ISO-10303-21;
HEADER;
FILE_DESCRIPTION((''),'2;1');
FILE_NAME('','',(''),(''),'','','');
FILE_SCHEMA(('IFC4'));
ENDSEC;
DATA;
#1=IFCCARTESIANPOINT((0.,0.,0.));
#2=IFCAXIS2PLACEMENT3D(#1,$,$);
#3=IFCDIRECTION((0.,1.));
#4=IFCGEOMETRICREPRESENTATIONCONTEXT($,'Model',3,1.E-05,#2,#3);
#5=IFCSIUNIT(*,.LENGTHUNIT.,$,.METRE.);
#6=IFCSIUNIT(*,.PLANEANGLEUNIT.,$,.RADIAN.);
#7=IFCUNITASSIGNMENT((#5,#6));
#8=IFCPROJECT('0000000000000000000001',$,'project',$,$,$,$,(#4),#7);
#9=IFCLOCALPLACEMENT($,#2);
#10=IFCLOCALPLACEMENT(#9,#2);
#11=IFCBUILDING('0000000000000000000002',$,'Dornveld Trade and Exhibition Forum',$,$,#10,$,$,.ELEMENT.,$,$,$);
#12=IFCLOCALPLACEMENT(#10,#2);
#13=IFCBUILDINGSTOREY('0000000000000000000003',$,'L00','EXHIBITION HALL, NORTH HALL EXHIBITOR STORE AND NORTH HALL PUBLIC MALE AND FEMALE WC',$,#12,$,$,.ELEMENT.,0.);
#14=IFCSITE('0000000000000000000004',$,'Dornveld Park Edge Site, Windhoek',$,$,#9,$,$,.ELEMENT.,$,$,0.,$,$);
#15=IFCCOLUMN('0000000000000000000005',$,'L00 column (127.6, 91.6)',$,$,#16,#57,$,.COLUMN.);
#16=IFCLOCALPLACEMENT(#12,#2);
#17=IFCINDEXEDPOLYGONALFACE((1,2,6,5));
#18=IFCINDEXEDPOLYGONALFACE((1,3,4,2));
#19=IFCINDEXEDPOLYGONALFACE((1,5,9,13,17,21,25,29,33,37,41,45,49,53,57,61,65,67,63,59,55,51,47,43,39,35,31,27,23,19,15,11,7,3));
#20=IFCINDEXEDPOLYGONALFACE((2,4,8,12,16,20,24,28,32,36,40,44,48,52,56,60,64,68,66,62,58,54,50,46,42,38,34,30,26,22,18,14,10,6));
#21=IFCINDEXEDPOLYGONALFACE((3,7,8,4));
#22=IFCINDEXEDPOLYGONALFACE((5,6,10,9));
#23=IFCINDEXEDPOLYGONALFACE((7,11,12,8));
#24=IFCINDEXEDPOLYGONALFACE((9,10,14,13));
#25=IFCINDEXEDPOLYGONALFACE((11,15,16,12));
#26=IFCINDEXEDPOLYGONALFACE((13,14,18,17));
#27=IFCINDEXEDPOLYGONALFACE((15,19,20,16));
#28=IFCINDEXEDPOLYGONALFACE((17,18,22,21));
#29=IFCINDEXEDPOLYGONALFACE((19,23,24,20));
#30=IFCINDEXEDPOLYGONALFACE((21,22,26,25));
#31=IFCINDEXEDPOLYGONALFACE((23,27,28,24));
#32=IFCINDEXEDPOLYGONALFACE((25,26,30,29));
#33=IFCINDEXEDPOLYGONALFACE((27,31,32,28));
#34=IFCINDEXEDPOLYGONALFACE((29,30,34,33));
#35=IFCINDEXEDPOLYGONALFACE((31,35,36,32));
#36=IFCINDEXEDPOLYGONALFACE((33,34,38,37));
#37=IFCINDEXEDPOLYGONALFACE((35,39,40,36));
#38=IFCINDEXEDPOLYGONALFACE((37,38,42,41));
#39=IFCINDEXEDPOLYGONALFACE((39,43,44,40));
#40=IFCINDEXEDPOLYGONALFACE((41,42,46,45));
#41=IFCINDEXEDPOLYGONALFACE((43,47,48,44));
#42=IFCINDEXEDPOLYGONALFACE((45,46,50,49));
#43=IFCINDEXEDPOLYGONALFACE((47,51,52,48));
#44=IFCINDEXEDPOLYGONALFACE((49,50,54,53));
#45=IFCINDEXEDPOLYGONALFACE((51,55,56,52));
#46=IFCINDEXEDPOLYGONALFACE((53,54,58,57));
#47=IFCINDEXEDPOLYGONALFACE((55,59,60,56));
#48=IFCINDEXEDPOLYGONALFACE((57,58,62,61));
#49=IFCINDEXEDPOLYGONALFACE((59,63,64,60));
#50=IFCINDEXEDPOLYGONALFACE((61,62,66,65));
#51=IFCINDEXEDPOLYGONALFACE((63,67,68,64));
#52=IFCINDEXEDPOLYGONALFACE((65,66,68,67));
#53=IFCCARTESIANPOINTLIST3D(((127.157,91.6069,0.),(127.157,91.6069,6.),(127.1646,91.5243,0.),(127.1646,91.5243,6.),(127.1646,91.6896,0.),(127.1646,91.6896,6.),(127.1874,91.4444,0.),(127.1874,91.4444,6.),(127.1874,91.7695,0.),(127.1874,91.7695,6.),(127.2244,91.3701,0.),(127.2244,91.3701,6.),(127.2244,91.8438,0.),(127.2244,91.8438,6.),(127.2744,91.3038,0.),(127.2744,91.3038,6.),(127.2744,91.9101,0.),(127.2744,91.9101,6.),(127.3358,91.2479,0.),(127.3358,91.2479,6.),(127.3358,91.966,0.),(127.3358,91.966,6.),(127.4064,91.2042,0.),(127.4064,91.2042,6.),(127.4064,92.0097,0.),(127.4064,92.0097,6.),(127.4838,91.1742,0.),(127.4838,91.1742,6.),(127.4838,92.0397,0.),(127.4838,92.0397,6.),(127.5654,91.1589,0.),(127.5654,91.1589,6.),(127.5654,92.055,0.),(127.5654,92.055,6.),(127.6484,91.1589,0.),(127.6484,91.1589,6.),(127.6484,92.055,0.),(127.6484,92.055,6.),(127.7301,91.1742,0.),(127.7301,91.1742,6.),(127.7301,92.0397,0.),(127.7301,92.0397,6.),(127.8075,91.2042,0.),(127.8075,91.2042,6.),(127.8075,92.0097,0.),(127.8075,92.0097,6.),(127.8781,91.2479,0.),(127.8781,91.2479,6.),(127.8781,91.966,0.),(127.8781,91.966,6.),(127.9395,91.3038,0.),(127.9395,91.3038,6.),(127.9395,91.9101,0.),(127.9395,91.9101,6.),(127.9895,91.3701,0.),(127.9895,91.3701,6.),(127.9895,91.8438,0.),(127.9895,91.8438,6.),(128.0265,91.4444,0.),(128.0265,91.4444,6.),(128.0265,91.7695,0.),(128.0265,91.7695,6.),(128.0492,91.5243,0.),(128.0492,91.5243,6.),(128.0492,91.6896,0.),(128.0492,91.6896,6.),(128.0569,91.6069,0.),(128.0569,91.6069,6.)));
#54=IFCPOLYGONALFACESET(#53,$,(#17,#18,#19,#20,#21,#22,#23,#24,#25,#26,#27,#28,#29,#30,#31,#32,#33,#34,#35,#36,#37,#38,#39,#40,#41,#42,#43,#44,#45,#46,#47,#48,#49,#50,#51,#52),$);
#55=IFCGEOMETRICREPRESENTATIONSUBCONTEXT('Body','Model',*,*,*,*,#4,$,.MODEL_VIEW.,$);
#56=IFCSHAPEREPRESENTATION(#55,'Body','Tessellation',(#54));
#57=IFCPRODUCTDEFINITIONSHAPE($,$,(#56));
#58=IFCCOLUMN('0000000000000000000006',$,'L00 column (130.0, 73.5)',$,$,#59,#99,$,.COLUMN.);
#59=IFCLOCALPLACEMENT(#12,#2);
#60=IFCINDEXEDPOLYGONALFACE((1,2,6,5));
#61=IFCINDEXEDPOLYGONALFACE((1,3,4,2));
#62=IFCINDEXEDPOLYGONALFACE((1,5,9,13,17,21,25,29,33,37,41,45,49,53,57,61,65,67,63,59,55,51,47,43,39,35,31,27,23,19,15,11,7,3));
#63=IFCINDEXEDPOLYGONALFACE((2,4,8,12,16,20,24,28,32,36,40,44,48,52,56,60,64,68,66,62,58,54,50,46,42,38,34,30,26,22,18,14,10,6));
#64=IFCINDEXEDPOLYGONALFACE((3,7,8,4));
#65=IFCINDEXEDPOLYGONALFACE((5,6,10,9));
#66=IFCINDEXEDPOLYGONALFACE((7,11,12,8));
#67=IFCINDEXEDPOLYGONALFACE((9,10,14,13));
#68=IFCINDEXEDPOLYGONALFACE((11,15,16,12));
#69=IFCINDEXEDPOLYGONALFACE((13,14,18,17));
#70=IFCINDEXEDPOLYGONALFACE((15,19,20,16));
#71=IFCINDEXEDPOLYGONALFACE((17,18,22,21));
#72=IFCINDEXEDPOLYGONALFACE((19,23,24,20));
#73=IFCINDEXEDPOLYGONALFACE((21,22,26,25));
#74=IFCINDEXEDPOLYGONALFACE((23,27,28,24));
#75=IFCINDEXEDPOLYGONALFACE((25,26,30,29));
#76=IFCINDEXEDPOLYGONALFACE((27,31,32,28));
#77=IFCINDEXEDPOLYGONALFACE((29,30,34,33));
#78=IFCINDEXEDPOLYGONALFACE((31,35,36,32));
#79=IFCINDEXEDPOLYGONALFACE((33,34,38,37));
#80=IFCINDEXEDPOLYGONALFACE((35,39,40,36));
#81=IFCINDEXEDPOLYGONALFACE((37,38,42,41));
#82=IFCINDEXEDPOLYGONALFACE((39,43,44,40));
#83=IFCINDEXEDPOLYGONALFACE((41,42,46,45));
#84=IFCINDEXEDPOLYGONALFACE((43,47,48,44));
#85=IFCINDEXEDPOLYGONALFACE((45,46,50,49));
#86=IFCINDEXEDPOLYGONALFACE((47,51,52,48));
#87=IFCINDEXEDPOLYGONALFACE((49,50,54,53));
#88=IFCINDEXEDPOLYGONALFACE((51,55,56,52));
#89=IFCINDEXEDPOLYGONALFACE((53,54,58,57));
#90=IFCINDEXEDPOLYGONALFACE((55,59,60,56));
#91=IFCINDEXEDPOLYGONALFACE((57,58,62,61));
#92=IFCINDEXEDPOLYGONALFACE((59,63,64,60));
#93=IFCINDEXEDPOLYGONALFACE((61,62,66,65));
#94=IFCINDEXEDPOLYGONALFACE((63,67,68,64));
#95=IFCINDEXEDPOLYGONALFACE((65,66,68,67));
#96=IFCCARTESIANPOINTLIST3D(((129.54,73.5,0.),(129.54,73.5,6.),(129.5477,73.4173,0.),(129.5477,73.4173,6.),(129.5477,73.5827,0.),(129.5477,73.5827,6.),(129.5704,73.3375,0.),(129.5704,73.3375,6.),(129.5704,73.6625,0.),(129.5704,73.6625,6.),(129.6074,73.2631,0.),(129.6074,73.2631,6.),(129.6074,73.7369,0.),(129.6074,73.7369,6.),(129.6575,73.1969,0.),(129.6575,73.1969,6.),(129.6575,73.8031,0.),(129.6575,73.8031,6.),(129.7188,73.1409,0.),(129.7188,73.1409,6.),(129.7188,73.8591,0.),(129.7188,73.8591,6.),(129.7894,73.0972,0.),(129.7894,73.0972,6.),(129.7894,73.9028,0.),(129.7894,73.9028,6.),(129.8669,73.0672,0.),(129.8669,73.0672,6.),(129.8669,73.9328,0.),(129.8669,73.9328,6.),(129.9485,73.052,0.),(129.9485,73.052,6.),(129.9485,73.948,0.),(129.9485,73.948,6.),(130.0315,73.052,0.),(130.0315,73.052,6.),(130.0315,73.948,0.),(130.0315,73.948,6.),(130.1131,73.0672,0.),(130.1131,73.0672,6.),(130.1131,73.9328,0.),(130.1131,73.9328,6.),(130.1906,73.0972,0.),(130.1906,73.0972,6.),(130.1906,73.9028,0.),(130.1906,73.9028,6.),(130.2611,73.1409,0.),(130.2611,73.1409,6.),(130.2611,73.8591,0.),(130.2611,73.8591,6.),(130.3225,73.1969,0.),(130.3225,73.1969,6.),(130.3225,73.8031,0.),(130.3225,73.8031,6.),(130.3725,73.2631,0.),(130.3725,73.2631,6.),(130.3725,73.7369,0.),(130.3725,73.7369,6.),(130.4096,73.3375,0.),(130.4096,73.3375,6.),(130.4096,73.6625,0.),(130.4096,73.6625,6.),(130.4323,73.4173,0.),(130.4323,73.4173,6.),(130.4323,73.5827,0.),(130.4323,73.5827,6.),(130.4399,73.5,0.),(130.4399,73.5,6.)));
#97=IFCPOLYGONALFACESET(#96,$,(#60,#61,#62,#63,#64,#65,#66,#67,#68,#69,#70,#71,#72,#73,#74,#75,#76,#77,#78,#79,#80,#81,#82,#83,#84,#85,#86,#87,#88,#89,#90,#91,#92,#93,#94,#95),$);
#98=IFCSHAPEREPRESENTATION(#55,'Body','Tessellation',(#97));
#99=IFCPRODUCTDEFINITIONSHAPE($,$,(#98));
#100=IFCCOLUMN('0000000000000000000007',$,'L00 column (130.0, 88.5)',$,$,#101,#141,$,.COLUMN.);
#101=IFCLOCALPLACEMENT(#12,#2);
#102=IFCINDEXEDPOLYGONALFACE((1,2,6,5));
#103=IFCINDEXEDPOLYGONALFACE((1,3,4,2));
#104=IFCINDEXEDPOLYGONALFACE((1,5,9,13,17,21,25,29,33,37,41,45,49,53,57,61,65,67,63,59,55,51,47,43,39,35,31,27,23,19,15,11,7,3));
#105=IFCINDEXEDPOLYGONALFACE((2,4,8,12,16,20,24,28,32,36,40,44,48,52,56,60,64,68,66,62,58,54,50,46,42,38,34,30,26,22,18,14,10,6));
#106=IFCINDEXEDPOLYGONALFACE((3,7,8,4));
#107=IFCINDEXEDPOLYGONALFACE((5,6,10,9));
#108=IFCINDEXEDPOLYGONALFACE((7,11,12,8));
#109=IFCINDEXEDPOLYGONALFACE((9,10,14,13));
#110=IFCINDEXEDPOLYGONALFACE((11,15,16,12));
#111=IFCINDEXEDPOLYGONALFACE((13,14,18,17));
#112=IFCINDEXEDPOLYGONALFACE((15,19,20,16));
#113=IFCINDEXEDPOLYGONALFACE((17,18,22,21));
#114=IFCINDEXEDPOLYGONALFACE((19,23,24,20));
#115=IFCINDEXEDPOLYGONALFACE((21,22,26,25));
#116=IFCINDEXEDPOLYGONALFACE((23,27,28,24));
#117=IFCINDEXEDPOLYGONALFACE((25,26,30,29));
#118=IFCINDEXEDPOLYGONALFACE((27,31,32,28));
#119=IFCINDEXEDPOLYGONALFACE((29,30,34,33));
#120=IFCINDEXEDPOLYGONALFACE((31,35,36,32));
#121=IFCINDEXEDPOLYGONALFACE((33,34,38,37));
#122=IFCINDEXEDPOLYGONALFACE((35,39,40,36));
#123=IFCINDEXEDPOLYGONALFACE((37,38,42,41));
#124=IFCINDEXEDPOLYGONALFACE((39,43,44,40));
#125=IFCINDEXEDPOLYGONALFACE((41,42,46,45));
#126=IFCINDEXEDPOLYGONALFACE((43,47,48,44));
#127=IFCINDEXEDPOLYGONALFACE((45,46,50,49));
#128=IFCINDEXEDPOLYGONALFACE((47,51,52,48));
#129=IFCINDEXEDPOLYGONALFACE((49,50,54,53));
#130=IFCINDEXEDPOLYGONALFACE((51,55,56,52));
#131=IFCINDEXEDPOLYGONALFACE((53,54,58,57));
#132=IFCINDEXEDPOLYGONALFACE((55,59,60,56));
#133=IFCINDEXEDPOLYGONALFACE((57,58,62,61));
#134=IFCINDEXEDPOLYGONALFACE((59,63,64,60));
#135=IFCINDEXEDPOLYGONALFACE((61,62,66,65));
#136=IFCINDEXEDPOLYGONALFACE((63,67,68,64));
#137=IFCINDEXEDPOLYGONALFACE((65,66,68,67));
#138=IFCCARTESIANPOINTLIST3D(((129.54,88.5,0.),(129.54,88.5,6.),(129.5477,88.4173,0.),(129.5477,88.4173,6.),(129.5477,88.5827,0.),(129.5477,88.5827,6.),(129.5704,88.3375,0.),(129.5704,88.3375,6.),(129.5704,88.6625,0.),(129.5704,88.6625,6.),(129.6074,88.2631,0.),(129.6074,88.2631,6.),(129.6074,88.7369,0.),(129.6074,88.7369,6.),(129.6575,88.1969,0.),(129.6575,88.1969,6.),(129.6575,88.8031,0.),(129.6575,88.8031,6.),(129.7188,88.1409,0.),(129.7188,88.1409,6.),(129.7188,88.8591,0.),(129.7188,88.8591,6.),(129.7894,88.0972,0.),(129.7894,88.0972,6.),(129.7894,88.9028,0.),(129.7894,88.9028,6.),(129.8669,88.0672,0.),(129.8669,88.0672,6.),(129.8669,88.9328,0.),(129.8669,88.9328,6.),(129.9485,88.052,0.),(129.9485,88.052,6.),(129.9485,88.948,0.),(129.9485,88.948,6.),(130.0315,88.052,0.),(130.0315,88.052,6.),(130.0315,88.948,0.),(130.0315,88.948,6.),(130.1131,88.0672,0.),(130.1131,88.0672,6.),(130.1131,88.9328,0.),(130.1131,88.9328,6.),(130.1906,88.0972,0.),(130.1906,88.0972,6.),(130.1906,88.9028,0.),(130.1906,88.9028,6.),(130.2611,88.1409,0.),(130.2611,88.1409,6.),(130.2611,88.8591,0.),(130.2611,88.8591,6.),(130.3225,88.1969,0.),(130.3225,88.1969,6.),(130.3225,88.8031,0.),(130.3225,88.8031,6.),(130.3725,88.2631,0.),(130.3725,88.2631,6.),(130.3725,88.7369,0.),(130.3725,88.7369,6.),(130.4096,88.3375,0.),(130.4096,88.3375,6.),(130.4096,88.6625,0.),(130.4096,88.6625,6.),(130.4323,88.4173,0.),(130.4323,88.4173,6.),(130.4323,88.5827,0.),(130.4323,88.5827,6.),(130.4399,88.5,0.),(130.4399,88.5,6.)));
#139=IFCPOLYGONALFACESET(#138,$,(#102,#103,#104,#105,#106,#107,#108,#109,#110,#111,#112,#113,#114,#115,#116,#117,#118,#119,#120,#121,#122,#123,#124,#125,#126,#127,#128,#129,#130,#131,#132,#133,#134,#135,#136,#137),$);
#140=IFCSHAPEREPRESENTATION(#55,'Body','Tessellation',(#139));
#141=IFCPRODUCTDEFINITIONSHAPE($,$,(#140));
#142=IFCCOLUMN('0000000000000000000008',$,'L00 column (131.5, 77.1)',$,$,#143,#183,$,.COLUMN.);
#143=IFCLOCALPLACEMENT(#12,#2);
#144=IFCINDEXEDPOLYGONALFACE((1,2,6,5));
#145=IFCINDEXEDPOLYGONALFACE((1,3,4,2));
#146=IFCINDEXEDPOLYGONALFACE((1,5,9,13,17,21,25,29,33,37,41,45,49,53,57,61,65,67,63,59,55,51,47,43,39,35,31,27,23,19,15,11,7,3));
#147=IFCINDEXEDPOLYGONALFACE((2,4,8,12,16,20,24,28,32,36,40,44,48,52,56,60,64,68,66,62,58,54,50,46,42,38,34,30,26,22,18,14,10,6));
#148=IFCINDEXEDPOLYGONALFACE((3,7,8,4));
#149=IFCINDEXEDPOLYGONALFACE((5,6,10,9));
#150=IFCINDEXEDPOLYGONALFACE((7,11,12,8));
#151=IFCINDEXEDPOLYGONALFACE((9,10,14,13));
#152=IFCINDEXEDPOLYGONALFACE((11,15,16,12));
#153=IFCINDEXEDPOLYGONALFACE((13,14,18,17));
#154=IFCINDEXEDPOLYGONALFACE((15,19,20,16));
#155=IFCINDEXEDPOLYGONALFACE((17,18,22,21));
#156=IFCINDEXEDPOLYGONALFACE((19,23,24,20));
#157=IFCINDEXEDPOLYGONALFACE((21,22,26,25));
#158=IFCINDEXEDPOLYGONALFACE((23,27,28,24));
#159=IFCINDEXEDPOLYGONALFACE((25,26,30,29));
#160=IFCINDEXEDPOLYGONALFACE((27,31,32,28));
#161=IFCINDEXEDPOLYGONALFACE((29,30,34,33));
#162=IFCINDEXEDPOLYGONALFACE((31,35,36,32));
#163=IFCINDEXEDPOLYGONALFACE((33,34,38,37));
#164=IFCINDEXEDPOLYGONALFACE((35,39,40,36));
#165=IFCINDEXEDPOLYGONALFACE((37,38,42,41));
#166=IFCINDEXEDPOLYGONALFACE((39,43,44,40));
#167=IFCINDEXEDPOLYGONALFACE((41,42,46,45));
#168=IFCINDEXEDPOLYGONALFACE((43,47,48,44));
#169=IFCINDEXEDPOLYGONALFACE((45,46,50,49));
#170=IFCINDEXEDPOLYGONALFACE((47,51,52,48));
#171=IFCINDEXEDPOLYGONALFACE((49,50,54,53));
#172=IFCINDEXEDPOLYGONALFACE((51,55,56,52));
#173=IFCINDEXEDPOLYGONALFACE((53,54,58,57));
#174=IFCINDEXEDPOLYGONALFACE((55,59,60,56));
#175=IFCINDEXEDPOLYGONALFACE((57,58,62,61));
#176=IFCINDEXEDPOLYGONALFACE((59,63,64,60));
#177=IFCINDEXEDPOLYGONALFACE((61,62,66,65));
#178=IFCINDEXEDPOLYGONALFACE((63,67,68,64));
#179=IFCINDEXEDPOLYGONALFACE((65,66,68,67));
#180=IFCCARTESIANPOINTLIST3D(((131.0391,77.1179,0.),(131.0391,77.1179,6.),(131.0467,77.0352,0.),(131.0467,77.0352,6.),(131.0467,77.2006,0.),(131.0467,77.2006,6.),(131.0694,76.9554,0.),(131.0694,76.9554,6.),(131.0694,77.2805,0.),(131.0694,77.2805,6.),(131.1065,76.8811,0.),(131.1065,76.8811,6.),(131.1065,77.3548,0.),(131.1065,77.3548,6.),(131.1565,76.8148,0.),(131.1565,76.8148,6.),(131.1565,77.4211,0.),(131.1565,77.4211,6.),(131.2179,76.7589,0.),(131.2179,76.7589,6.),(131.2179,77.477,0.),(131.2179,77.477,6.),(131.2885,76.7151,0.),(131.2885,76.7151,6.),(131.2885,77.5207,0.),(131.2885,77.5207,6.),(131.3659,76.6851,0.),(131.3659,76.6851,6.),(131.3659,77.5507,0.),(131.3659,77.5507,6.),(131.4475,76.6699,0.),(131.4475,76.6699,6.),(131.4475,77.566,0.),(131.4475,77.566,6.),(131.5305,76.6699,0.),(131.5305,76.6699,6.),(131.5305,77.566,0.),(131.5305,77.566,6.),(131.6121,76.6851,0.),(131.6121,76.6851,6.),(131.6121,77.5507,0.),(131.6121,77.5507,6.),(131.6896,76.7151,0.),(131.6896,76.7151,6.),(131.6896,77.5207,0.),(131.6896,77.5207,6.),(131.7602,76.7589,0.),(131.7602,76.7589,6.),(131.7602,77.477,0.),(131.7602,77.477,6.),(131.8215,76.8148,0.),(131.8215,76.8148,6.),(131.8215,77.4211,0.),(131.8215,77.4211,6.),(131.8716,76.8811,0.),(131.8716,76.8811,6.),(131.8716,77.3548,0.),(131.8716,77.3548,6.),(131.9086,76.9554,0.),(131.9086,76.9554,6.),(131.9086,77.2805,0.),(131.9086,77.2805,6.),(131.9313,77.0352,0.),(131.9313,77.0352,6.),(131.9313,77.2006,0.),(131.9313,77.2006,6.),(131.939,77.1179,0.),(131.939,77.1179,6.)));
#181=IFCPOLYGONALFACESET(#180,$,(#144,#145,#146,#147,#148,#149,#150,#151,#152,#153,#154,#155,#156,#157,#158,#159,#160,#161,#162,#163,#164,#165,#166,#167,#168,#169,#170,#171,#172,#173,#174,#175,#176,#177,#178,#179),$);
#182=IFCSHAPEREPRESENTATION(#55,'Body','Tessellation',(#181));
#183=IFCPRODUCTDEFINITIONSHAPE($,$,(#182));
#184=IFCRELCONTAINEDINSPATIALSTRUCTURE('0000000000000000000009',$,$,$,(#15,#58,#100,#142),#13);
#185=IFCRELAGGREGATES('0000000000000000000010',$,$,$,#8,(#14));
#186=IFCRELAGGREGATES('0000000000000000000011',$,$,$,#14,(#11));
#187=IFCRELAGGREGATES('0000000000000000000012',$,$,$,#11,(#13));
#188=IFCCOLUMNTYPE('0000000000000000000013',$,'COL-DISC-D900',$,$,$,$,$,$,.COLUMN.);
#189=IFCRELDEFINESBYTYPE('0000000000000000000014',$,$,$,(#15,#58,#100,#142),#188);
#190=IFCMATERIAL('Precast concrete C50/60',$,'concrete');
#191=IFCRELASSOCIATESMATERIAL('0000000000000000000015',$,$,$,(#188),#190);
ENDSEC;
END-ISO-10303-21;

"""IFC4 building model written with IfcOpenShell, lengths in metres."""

from ifc_helpers import new_model, si_unit, direction, frame, origin, origin_2d, place, context, subcontext, project, spatial, circle, extrude, material, material_profile, profile_set, type_object, element, save


model = new_model("IFC4")

# Units and contexts
model_context = context("Model", 3, precision=1e-05, world=origin(), true_north=direction((0.0, 1.0)))
body_context = subcontext(model_context, "Body", "Model", "MODEL_VIEW")
ifc_project = project(units=[si_unit("LENGTHUNIT", "METRE"), si_unit("PLANEANGLEUNIT", "RADIAN")], contexts=[model_context])

# Site, building, storey
site_placement = place(None, origin())
site = spatial("IfcSite", under=ifc_project, at=site_placement, Name="Dornveld Park Edge Site, Windhoek", CompositionType="ELEMENT", RefElevation=0.0)
building_placement = place(site_placement, origin())
building = spatial("IfcBuilding", under=site, at=building_placement, Name="Dornveld Trade and Exhibition Forum", CompositionType="ELEMENT")
storey_placement = place(building_placement, origin())
storey = spatial("IfcBuildingStorey", under=building, at=storey_placement, Name="L00", Description="EXHIBITION HALL, NORTH HALL EXHIBITOR STORE AND NORTH HALL PUBLIC MALE AND FEMALE WC", CompositionType="ELEMENT", Elevation=0.0)

# Columns
ifc_material_1 = material(Name="Precast concrete C50/60", Category="concrete")
ifc_material_profile_1 = material_profile(ifc_material_1, circle(Radius=0.45, at=origin_2d()), Name="PC-COL D900")
ifc_profile_set_1 = profile_set([ifc_material_profile_1], Name="Precast concrete C50/60")
column_type_1 = type_object("IfcColumnType", Name="COL-DISC-D900", PredefinedType="COLUMN", material=ifc_profile_set_1)
for number, where, z_axis, x_axis, name in (
    (1, (127.6069, 91.6069, 0.0), (0.0, 0.0, 1.0), (1.0, 0.0, 0.0), "L00 column (127.6, 91.6)"),
    (2, (129.99, 73.5, 0.0), (0.0, 0.0, 1.0), (1.0, 0.0, 0.0), "L00 column (130.0, 73.5)"),
    (3, (129.99, 88.5, 0.0), (0.0, 0.0, 1.0), (1.0, 0.0, 0.0), "L00 column (130.0, 88.5)"),
    (4, (131.489, 77.1179, 0.0), (0.0, 0.0, 1.0), (1.0, 0.0, 0.0), "L00 column (131.5, 77.1)"),
):
    element("IfcColumn", number, at=place(storey_placement, frame(where, z_axis=z_axis, x_axis=x_axis)), inside=storey, type_object=column_type_1, Name=name, PredefinedType="COLUMN", context=body_context, shape_type="SweptSolid", body=[
        extrude(circle(Radius=0.45, at=origin_2d()), origin(), (0.0, 0.0, 1.0), 6.0),
    ])

save(model, "model.ifc")
